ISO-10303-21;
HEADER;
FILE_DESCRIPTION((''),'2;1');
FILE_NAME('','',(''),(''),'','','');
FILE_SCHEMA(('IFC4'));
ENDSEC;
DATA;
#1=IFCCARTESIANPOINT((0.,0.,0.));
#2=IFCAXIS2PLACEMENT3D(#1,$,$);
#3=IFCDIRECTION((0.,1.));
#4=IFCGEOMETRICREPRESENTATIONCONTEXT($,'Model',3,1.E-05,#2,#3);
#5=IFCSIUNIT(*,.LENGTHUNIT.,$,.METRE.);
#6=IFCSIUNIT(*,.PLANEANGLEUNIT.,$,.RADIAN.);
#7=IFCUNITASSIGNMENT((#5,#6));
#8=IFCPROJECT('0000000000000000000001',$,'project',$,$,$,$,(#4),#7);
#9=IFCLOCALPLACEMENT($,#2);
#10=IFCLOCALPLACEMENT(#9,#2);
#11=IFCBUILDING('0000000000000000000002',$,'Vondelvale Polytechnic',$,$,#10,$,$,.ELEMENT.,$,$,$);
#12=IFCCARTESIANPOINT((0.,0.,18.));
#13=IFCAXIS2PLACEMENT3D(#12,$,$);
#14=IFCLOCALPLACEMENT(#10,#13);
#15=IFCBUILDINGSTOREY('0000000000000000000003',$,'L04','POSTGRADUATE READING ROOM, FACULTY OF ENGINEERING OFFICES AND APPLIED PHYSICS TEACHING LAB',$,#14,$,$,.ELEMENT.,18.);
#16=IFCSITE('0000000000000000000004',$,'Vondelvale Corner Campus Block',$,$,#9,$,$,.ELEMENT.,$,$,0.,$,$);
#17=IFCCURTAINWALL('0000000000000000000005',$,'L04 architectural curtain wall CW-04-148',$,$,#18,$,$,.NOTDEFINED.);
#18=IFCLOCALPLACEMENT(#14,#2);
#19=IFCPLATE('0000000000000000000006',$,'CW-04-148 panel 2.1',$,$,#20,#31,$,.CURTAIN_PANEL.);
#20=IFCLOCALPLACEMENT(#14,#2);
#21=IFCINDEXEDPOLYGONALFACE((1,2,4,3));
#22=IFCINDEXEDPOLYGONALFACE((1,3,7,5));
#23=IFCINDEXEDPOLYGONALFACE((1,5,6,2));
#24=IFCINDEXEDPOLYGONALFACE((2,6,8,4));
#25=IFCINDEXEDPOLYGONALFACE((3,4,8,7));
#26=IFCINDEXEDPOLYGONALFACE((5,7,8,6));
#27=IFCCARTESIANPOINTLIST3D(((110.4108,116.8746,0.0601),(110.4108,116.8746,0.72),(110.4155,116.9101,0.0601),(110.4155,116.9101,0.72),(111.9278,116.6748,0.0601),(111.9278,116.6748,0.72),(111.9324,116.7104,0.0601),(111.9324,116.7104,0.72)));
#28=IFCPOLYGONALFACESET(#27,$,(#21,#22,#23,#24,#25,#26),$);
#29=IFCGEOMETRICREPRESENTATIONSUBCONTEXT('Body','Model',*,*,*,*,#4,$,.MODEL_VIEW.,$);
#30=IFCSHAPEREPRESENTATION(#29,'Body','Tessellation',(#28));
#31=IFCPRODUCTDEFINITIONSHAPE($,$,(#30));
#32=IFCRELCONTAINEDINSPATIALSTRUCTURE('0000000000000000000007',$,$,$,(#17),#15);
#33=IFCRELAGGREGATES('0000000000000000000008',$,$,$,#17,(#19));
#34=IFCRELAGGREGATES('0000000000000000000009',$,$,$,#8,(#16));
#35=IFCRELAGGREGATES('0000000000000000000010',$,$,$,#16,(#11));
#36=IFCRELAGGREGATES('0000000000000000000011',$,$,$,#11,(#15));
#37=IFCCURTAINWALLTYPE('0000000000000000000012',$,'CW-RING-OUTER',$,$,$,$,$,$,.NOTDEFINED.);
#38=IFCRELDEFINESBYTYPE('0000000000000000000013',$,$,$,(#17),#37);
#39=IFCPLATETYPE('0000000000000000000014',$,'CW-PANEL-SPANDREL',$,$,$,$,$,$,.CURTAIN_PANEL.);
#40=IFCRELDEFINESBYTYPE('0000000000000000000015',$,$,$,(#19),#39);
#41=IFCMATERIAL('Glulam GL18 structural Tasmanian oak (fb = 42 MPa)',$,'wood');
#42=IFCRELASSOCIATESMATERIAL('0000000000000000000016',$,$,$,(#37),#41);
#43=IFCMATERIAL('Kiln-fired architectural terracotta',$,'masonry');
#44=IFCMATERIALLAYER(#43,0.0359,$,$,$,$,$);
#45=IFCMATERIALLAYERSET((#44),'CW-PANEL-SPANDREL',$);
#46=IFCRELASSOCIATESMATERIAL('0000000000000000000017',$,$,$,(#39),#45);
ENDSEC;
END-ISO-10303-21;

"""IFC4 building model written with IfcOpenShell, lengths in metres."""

from ifc_helpers import new_model, si_unit, direction, frame, origin, origin_2d, place, context, subcontext, project, spatial, rectangle, extrude, material, layer, layer_set, type_object, element, aggregate, save


model = new_model("IFC4")

# Units and contexts
model_context = context("Model", 3, precision=1e-05, world=origin(), true_north=direction((0.0, 1.0)))
body_context = subcontext(model_context, "Body", "Model", "MODEL_VIEW")
ifc_project = project(units=[si_unit("LENGTHUNIT", "METRE"), si_unit("PLANEANGLEUNIT", "RADIAN")], contexts=[model_context])

# Site, building, storey
site_placement = place(None, origin())
site = spatial("IfcSite", under=ifc_project, at=site_placement, Name="Vondelvale Corner Campus Block", CompositionType="ELEMENT", RefElevation=0.0)
building_placement = place(site_placement, origin())
building = spatial("IfcBuilding", under=site, at=building_placement, Name="Vondelvale Polytechnic", CompositionType="ELEMENT")
storey_placement = place(building_placement, frame((0.0, 0.0, 18.0)))
storey = spatial("IfcBuildingStorey", under=building, at=storey_placement, Name="L04", Description="POSTGRADUATE READING ROOM, FACULTY OF ENGINEERING OFFICES AND APPLIED PHYSICS TEACHING LAB", CompositionType="ELEMENT", Elevation=18.0)

# Shared definitions
ifc_material_1 = material(Name="Glulam GL18 structural Tasmanian oak (fb = 42 MPa)", Category="wood")

# Curtain wall
curtain_wall_type = type_object("IfcCurtainWallType", Name="CW-RING-OUTER", PredefinedType="NOTDEFINED", material=ifc_material_1)
curtain_wall_1_placement = place(storey_placement, origin())
curtain_wall_1 = element("IfcCurtainWall", 1, at=curtain_wall_1_placement, inside=storey, type_object=curtain_wall_type, Name="L04 architectural curtain wall CW-04-148", PredefinedType="NOTDEFINED")

# Plate
ifc_material_2 = material(Name="Kiln-fired architectural terracotta", Category="masonry")
ifc_layer_1 = layer(ifc_material_2, 0.0359)
ifc_layer_set_1 = layer_set([ifc_layer_1], Name="CW-PANEL-SPANDREL")
plate_type_1 = type_object("IfcPlateType", Name="CW-PANEL-SPANDREL", PredefinedType="CURTAIN_PANEL", material=ifc_layer_set_1)
plate_1_placement = place(storey_placement, frame((111.1716, 116.7925, 0.0601), z_axis=(0.0, 0.0, 1.0), x_axis=(-0.991443, 0.13054, 0.0)))
plate_1 = element("IfcPlate", 2, at=plate_1_placement, type_object=plate_type_1, Name="CW-04-148 panel 2.1", PredefinedType="CURTAIN_PANEL", context=body_context, shape_type="SweptSolid", body=[
    extrude(rectangle(XDim=1.53, YDim=0.0359, at=origin_2d()), origin(), (0.0, 0.0, 1.0), 0.6599),
])
aggregate(curtain_wall_1, [plate_1])

save(model, "model.ifc")
